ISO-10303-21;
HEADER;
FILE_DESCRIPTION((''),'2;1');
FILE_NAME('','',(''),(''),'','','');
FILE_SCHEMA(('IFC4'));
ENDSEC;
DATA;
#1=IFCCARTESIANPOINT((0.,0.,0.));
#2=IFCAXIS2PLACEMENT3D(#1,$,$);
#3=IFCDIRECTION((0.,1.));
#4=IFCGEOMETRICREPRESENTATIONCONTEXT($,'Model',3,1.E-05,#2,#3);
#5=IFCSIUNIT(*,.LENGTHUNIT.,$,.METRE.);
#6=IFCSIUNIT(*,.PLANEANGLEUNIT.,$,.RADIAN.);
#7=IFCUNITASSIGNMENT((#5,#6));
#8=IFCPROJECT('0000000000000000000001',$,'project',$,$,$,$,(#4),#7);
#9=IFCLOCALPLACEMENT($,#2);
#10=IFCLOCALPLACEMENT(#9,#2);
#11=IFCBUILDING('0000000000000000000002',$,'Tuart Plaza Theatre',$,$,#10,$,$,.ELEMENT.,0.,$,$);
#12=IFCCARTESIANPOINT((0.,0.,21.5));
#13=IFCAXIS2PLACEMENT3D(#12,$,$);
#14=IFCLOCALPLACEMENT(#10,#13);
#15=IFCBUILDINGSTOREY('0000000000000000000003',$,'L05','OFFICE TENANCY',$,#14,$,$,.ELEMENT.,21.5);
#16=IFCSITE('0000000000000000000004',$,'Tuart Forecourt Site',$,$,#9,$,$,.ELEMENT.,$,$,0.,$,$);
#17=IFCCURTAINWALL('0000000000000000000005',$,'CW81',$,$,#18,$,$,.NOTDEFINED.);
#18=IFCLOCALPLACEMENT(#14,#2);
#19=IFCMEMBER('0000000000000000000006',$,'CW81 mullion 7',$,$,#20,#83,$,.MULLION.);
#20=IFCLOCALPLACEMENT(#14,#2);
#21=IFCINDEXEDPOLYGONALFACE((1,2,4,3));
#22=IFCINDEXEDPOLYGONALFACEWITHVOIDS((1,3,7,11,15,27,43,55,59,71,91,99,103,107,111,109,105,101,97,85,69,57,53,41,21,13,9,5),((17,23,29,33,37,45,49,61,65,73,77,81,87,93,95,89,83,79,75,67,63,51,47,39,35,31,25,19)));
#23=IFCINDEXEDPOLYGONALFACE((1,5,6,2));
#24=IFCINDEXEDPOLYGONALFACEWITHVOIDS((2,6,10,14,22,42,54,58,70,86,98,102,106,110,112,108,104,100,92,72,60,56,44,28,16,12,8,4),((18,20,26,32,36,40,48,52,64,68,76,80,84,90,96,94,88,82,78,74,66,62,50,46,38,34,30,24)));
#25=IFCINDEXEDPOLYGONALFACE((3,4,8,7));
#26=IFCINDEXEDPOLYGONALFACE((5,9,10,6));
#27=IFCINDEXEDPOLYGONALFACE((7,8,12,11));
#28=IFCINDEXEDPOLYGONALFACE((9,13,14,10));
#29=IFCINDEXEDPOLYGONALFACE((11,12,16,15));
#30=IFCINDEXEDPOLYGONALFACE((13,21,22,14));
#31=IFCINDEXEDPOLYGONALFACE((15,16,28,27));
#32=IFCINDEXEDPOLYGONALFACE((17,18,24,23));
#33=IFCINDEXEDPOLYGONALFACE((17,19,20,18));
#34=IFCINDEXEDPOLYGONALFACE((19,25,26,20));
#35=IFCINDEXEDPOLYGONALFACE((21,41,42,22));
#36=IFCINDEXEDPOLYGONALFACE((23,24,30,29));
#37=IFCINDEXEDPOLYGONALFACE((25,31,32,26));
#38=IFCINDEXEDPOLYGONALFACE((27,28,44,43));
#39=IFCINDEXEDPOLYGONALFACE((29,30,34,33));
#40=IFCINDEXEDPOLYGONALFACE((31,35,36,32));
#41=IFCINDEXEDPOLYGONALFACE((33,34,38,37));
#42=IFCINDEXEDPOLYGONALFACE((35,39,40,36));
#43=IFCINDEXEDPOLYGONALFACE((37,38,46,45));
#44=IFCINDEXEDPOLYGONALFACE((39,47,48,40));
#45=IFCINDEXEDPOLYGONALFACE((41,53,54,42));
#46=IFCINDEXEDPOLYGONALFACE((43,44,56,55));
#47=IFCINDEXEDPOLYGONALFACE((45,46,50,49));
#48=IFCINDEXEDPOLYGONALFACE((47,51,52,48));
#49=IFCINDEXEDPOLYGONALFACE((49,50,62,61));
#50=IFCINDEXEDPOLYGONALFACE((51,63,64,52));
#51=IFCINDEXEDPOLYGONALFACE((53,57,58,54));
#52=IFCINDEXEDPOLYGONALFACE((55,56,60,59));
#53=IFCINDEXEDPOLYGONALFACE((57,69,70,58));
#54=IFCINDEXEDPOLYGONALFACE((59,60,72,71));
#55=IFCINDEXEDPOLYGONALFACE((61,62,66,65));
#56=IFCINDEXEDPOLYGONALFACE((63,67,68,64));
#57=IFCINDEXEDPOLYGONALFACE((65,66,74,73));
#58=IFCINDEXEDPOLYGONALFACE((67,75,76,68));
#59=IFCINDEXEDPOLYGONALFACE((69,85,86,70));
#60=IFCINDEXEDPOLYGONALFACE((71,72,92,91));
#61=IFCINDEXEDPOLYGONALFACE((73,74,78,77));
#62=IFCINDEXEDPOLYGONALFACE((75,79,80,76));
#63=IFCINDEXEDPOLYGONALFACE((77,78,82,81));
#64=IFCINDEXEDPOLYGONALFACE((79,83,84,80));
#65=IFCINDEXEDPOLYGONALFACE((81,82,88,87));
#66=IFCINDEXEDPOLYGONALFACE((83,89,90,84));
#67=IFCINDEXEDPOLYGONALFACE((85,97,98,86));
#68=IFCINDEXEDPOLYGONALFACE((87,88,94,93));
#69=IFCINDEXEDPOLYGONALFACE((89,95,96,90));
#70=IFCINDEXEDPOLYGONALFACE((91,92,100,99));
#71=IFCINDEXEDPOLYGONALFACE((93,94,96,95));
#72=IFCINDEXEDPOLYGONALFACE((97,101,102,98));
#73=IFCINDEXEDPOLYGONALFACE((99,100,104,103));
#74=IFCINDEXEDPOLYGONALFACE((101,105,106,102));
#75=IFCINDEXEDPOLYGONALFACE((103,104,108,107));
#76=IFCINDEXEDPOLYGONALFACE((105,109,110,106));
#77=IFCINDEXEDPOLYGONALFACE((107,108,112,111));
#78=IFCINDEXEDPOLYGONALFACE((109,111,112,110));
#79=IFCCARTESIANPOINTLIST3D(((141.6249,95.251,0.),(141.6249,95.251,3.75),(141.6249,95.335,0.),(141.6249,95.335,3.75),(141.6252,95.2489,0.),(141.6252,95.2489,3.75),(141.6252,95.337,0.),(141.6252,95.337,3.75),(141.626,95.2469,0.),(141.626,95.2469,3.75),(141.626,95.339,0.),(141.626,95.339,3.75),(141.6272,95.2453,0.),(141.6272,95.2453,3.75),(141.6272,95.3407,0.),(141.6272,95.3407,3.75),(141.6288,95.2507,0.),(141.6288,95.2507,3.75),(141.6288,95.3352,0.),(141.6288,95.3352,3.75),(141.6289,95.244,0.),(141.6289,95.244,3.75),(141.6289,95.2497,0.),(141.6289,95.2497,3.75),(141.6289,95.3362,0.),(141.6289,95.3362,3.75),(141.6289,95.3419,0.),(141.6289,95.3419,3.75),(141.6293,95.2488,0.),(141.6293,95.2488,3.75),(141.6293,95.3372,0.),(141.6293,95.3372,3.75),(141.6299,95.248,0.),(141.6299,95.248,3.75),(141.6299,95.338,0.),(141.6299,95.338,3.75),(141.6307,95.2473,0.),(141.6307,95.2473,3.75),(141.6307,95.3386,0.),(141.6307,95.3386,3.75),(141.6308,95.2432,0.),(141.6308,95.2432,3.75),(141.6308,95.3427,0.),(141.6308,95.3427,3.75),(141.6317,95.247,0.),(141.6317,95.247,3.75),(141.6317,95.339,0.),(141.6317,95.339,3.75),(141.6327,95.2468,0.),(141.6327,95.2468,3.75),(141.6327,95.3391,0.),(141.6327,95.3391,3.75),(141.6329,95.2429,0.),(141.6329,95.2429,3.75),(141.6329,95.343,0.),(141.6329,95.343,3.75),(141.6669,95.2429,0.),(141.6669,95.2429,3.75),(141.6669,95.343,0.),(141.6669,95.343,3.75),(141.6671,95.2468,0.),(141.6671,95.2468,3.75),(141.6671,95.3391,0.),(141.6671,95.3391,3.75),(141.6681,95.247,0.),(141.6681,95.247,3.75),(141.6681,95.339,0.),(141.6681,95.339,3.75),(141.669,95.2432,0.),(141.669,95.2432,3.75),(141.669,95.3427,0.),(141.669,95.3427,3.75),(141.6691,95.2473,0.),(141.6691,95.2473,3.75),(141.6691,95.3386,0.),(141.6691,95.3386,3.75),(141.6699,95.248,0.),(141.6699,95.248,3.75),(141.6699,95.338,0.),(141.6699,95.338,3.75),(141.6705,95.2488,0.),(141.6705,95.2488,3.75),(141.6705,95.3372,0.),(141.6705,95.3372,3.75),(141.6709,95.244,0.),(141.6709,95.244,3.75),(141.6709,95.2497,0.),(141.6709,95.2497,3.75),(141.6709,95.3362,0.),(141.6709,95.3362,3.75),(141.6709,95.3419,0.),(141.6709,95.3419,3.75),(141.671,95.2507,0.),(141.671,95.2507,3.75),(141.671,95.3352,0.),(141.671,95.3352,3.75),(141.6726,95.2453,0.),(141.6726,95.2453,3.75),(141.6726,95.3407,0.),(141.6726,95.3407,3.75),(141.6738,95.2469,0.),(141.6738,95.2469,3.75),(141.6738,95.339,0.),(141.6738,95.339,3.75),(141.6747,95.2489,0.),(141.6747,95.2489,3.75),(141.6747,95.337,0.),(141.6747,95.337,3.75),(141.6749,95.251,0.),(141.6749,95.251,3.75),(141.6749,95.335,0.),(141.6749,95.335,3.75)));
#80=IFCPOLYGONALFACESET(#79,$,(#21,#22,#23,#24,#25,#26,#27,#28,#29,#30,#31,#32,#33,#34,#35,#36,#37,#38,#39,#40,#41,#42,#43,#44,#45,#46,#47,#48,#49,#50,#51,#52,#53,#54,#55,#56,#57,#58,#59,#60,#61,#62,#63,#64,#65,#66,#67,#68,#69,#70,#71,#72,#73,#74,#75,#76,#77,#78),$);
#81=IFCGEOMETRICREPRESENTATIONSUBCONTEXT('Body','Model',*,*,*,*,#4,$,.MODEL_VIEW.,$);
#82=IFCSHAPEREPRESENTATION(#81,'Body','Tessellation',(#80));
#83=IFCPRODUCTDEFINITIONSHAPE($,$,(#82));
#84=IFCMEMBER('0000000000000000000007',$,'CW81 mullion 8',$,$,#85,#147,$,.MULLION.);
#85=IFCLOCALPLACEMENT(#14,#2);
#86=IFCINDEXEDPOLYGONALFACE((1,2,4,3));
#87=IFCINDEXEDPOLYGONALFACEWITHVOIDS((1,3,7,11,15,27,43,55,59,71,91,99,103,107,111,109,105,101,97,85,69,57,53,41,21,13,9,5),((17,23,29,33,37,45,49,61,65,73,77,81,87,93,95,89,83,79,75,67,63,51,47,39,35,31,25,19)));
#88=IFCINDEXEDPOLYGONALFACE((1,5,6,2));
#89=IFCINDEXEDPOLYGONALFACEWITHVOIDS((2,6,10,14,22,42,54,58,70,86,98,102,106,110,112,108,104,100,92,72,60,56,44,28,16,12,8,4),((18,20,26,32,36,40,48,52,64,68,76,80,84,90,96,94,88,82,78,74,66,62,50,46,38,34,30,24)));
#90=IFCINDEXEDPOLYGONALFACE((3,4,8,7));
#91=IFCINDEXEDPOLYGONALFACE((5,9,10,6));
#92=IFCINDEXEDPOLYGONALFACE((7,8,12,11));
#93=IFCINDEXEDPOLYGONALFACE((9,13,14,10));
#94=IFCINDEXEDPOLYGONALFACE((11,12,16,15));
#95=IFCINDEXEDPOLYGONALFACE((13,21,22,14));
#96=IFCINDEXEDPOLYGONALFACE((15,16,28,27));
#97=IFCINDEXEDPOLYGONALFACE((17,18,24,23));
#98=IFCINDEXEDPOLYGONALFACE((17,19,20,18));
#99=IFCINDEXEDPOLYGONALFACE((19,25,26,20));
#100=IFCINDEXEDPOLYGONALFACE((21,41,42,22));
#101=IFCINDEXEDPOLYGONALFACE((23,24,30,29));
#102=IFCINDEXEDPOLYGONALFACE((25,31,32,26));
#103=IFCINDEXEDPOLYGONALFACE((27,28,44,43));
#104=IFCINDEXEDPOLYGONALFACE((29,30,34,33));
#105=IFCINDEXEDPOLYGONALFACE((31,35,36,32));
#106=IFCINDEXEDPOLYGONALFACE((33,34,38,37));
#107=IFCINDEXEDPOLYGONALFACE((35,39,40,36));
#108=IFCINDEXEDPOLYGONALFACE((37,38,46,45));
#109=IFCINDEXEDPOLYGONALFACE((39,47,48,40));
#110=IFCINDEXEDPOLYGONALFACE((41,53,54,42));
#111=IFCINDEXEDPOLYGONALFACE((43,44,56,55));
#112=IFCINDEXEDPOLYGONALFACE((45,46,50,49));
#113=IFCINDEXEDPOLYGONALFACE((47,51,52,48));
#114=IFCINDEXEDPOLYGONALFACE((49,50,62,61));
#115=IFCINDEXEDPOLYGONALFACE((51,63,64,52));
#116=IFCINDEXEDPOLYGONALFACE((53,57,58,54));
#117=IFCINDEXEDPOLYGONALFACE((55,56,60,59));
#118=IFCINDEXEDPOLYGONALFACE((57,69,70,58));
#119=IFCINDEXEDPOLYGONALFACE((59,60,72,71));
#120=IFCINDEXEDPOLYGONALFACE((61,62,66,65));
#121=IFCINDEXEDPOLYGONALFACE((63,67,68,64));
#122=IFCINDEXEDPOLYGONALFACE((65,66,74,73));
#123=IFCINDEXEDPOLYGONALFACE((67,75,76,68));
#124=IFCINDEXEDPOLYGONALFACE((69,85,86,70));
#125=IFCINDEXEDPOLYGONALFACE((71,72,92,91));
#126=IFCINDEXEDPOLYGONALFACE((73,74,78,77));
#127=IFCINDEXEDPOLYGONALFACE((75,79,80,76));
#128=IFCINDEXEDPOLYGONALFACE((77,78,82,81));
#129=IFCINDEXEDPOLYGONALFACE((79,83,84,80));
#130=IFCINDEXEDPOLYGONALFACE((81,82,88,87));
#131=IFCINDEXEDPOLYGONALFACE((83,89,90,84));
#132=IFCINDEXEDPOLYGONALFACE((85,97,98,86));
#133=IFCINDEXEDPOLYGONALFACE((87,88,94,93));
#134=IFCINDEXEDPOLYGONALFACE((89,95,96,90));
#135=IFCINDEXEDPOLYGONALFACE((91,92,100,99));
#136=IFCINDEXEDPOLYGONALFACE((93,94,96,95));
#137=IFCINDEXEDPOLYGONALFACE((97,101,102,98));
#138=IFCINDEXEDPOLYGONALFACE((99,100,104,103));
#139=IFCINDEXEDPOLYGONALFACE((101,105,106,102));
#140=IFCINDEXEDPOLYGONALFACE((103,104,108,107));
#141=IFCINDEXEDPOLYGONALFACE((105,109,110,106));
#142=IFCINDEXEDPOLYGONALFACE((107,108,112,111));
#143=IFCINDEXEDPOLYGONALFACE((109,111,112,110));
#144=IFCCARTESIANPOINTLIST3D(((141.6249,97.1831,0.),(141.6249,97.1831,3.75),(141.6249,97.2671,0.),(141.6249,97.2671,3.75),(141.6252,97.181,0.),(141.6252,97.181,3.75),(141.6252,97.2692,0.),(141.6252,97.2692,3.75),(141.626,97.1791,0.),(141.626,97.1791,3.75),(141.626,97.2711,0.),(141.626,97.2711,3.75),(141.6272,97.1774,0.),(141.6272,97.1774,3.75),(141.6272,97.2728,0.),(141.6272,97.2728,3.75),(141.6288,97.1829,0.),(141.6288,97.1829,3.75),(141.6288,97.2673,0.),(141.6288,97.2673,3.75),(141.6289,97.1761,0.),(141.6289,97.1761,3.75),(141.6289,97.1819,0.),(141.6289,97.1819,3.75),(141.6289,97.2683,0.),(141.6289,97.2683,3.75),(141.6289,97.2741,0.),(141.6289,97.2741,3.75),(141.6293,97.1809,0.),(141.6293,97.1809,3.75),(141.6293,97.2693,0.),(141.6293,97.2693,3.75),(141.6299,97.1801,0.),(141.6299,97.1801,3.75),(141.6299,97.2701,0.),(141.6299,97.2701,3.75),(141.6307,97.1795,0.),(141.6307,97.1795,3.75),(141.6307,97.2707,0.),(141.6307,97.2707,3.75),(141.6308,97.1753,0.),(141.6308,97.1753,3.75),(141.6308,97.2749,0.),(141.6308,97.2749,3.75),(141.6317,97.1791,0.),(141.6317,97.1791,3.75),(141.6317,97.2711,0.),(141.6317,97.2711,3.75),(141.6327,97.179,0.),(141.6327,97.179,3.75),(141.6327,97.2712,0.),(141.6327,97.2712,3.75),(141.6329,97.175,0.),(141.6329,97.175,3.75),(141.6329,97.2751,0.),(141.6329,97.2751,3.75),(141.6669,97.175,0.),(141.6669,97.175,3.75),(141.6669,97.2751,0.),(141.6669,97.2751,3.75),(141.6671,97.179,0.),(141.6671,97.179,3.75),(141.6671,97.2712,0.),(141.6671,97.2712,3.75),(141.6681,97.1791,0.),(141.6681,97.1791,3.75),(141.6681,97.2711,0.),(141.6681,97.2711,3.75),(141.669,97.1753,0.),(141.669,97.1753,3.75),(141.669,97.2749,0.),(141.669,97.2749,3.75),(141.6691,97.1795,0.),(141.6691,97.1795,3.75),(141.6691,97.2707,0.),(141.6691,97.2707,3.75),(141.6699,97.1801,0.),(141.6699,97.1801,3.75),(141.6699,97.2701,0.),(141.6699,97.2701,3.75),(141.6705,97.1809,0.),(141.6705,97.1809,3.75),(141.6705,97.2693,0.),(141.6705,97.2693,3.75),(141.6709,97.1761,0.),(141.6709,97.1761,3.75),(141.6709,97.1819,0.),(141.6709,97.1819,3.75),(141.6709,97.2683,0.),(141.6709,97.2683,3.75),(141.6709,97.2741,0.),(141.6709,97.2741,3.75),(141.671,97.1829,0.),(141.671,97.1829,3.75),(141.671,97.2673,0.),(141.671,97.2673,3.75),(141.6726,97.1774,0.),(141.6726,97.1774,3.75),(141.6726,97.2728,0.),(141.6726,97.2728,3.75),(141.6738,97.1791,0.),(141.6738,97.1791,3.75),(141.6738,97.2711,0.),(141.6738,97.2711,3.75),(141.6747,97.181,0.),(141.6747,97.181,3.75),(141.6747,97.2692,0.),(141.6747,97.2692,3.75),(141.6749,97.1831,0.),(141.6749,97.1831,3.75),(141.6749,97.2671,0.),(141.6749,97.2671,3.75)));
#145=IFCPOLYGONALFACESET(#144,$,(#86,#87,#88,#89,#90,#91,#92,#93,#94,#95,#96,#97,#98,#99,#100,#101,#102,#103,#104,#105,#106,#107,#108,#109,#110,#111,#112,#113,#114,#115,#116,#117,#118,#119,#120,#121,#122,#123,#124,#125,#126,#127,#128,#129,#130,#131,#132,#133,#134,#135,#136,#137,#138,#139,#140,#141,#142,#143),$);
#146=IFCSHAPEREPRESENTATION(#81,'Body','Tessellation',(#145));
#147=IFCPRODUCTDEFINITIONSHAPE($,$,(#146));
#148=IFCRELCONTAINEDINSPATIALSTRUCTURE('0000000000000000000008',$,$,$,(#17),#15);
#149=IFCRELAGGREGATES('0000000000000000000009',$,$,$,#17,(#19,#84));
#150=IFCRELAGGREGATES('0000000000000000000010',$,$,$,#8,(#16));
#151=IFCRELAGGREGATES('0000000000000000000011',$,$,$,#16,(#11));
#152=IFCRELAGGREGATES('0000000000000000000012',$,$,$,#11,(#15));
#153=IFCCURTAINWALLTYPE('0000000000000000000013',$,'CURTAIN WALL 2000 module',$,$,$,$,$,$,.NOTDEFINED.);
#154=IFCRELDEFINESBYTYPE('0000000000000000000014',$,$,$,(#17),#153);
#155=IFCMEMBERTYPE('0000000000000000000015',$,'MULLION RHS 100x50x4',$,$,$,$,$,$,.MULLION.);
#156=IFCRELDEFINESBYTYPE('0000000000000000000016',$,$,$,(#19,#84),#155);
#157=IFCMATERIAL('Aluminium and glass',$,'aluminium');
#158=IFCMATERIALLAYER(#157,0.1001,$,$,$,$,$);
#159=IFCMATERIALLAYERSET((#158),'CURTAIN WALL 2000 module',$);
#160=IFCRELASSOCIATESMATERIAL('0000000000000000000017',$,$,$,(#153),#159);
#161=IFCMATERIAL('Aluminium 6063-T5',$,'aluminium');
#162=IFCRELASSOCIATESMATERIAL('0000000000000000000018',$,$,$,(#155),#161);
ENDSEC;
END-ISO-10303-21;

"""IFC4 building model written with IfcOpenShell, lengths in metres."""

from ifc_helpers import new_model, si_unit, direction, frame, origin, origin_2d, place, context, subcontext, project, spatial, hollow_rectangle, extrude, material, layer, layer_set, material_profile, profile_set, type_object, element, aggregate, save


model = new_model("IFC4")

# Units and contexts
model_context = context("Model", 3, precision=1e-05, world=origin(), true_north=direction((0.0, 1.0)))
body_context = subcontext(model_context, "Body", "Model", "MODEL_VIEW")
ifc_project = project(units=[si_unit("LENGTHUNIT", "METRE"), si_unit("PLANEANGLEUNIT", "RADIAN")], contexts=[model_context])

# Site, building, storey
site_placement = place(None, origin())
site = spatial("IfcSite", under=ifc_project, at=site_placement, Name="Tuart Forecourt Site", CompositionType="ELEMENT", RefElevation=0.0)
building_placement = place(site_placement, origin())
building = spatial("IfcBuilding", under=site, at=building_placement, Name="Tuart Plaza Theatre", CompositionType="ELEMENT", ElevationOfRefHeight=0.0)
storey_placement = place(building_placement, frame((0.0, 0.0, 21.5)))
storey = spatial("IfcBuildingStorey", under=building, at=storey_placement, Name="L05", Description="OFFICE TENANCY", CompositionType="ELEMENT", Elevation=21.5)

# Curtain wall, members
ifc_material_1 = material(Name="Aluminium and glass", Category="aluminium")
ifc_layer_1 = layer(ifc_material_1, 0.1001)
ifc_layer_set_1 = layer_set([ifc_layer_1], Name="CURTAIN WALL 2000 module")
curtain_wall_type = type_object("IfcCurtainWallType", Name="CURTAIN WALL 2000 module", PredefinedType="NOTDEFINED", material=ifc_layer_set_1)
curtain_wall_1_placement = place(storey_placement, origin())
curtain_wall_1 = element("IfcCurtainWall", 1, at=curtain_wall_1_placement, inside=storey, type_object=curtain_wall_type, Name="CW81", PredefinedType="NOTDEFINED")
ifc_material_2 = material(Name="Aluminium 6063-T5", Category="aluminium")
ifc_material_profile_1 = material_profile(ifc_material_2, hollow_rectangle(XDim=0.05, YDim=0.1001, WallThickness=0.0039, InnerFilletRadius=0.0039, OuterFilletRadius=0.0081, at=origin_2d()), Name="RHS 100x50x4")
ifc_profile_set_1 = profile_set([ifc_material_profile_1], Name="Aluminium 6063-T5")
member_type_1 = type_object("IfcMemberType", Name="MULLION RHS 100x50x4", PredefinedType="MULLION", material=ifc_profile_set_1)
member_1_placement = place(storey_placement, frame((141.6499, 95.293, 0.0), z_axis=(0.0, 0.0, 1.0), x_axis=(-1.0, 0.0, 0.0)))
member_1 = element("IfcMember", 2, at=member_1_placement, type_object=member_type_1, Name="CW81 mullion 7", PredefinedType="MULLION", context=body_context, shape_type="SweptSolid", body=[
    extrude(hollow_rectangle(XDim=0.05, YDim=0.1001, WallThickness=0.0039, InnerFilletRadius=0.0039, OuterFilletRadius=0.0081, at=origin_2d()), origin(), (0.0, 0.0, 1.0), 3.75),
])
member_2_placement = place(storey_placement, frame((141.6499, 97.2251, 0.0), z_axis=(0.0, 0.0, 1.0), x_axis=(-1.0, 0.0, 0.0)))
member_2 = element("IfcMember", 3, at=member_2_placement, type_object=member_type_1, Name="CW81 mullion 8", PredefinedType="MULLION", context=body_context, shape_type="SweptSolid", body=[
    extrude(hollow_rectangle(XDim=0.05, YDim=0.1001, WallThickness=0.0039, InnerFilletRadius=0.0039, OuterFilletRadius=0.0081, at=origin_2d()), origin(), (0.0, 0.0, 1.0), 3.75),
])

aggregate(curtain_wall_1, [member_1, member_2])

save(model, "model.ifc")
